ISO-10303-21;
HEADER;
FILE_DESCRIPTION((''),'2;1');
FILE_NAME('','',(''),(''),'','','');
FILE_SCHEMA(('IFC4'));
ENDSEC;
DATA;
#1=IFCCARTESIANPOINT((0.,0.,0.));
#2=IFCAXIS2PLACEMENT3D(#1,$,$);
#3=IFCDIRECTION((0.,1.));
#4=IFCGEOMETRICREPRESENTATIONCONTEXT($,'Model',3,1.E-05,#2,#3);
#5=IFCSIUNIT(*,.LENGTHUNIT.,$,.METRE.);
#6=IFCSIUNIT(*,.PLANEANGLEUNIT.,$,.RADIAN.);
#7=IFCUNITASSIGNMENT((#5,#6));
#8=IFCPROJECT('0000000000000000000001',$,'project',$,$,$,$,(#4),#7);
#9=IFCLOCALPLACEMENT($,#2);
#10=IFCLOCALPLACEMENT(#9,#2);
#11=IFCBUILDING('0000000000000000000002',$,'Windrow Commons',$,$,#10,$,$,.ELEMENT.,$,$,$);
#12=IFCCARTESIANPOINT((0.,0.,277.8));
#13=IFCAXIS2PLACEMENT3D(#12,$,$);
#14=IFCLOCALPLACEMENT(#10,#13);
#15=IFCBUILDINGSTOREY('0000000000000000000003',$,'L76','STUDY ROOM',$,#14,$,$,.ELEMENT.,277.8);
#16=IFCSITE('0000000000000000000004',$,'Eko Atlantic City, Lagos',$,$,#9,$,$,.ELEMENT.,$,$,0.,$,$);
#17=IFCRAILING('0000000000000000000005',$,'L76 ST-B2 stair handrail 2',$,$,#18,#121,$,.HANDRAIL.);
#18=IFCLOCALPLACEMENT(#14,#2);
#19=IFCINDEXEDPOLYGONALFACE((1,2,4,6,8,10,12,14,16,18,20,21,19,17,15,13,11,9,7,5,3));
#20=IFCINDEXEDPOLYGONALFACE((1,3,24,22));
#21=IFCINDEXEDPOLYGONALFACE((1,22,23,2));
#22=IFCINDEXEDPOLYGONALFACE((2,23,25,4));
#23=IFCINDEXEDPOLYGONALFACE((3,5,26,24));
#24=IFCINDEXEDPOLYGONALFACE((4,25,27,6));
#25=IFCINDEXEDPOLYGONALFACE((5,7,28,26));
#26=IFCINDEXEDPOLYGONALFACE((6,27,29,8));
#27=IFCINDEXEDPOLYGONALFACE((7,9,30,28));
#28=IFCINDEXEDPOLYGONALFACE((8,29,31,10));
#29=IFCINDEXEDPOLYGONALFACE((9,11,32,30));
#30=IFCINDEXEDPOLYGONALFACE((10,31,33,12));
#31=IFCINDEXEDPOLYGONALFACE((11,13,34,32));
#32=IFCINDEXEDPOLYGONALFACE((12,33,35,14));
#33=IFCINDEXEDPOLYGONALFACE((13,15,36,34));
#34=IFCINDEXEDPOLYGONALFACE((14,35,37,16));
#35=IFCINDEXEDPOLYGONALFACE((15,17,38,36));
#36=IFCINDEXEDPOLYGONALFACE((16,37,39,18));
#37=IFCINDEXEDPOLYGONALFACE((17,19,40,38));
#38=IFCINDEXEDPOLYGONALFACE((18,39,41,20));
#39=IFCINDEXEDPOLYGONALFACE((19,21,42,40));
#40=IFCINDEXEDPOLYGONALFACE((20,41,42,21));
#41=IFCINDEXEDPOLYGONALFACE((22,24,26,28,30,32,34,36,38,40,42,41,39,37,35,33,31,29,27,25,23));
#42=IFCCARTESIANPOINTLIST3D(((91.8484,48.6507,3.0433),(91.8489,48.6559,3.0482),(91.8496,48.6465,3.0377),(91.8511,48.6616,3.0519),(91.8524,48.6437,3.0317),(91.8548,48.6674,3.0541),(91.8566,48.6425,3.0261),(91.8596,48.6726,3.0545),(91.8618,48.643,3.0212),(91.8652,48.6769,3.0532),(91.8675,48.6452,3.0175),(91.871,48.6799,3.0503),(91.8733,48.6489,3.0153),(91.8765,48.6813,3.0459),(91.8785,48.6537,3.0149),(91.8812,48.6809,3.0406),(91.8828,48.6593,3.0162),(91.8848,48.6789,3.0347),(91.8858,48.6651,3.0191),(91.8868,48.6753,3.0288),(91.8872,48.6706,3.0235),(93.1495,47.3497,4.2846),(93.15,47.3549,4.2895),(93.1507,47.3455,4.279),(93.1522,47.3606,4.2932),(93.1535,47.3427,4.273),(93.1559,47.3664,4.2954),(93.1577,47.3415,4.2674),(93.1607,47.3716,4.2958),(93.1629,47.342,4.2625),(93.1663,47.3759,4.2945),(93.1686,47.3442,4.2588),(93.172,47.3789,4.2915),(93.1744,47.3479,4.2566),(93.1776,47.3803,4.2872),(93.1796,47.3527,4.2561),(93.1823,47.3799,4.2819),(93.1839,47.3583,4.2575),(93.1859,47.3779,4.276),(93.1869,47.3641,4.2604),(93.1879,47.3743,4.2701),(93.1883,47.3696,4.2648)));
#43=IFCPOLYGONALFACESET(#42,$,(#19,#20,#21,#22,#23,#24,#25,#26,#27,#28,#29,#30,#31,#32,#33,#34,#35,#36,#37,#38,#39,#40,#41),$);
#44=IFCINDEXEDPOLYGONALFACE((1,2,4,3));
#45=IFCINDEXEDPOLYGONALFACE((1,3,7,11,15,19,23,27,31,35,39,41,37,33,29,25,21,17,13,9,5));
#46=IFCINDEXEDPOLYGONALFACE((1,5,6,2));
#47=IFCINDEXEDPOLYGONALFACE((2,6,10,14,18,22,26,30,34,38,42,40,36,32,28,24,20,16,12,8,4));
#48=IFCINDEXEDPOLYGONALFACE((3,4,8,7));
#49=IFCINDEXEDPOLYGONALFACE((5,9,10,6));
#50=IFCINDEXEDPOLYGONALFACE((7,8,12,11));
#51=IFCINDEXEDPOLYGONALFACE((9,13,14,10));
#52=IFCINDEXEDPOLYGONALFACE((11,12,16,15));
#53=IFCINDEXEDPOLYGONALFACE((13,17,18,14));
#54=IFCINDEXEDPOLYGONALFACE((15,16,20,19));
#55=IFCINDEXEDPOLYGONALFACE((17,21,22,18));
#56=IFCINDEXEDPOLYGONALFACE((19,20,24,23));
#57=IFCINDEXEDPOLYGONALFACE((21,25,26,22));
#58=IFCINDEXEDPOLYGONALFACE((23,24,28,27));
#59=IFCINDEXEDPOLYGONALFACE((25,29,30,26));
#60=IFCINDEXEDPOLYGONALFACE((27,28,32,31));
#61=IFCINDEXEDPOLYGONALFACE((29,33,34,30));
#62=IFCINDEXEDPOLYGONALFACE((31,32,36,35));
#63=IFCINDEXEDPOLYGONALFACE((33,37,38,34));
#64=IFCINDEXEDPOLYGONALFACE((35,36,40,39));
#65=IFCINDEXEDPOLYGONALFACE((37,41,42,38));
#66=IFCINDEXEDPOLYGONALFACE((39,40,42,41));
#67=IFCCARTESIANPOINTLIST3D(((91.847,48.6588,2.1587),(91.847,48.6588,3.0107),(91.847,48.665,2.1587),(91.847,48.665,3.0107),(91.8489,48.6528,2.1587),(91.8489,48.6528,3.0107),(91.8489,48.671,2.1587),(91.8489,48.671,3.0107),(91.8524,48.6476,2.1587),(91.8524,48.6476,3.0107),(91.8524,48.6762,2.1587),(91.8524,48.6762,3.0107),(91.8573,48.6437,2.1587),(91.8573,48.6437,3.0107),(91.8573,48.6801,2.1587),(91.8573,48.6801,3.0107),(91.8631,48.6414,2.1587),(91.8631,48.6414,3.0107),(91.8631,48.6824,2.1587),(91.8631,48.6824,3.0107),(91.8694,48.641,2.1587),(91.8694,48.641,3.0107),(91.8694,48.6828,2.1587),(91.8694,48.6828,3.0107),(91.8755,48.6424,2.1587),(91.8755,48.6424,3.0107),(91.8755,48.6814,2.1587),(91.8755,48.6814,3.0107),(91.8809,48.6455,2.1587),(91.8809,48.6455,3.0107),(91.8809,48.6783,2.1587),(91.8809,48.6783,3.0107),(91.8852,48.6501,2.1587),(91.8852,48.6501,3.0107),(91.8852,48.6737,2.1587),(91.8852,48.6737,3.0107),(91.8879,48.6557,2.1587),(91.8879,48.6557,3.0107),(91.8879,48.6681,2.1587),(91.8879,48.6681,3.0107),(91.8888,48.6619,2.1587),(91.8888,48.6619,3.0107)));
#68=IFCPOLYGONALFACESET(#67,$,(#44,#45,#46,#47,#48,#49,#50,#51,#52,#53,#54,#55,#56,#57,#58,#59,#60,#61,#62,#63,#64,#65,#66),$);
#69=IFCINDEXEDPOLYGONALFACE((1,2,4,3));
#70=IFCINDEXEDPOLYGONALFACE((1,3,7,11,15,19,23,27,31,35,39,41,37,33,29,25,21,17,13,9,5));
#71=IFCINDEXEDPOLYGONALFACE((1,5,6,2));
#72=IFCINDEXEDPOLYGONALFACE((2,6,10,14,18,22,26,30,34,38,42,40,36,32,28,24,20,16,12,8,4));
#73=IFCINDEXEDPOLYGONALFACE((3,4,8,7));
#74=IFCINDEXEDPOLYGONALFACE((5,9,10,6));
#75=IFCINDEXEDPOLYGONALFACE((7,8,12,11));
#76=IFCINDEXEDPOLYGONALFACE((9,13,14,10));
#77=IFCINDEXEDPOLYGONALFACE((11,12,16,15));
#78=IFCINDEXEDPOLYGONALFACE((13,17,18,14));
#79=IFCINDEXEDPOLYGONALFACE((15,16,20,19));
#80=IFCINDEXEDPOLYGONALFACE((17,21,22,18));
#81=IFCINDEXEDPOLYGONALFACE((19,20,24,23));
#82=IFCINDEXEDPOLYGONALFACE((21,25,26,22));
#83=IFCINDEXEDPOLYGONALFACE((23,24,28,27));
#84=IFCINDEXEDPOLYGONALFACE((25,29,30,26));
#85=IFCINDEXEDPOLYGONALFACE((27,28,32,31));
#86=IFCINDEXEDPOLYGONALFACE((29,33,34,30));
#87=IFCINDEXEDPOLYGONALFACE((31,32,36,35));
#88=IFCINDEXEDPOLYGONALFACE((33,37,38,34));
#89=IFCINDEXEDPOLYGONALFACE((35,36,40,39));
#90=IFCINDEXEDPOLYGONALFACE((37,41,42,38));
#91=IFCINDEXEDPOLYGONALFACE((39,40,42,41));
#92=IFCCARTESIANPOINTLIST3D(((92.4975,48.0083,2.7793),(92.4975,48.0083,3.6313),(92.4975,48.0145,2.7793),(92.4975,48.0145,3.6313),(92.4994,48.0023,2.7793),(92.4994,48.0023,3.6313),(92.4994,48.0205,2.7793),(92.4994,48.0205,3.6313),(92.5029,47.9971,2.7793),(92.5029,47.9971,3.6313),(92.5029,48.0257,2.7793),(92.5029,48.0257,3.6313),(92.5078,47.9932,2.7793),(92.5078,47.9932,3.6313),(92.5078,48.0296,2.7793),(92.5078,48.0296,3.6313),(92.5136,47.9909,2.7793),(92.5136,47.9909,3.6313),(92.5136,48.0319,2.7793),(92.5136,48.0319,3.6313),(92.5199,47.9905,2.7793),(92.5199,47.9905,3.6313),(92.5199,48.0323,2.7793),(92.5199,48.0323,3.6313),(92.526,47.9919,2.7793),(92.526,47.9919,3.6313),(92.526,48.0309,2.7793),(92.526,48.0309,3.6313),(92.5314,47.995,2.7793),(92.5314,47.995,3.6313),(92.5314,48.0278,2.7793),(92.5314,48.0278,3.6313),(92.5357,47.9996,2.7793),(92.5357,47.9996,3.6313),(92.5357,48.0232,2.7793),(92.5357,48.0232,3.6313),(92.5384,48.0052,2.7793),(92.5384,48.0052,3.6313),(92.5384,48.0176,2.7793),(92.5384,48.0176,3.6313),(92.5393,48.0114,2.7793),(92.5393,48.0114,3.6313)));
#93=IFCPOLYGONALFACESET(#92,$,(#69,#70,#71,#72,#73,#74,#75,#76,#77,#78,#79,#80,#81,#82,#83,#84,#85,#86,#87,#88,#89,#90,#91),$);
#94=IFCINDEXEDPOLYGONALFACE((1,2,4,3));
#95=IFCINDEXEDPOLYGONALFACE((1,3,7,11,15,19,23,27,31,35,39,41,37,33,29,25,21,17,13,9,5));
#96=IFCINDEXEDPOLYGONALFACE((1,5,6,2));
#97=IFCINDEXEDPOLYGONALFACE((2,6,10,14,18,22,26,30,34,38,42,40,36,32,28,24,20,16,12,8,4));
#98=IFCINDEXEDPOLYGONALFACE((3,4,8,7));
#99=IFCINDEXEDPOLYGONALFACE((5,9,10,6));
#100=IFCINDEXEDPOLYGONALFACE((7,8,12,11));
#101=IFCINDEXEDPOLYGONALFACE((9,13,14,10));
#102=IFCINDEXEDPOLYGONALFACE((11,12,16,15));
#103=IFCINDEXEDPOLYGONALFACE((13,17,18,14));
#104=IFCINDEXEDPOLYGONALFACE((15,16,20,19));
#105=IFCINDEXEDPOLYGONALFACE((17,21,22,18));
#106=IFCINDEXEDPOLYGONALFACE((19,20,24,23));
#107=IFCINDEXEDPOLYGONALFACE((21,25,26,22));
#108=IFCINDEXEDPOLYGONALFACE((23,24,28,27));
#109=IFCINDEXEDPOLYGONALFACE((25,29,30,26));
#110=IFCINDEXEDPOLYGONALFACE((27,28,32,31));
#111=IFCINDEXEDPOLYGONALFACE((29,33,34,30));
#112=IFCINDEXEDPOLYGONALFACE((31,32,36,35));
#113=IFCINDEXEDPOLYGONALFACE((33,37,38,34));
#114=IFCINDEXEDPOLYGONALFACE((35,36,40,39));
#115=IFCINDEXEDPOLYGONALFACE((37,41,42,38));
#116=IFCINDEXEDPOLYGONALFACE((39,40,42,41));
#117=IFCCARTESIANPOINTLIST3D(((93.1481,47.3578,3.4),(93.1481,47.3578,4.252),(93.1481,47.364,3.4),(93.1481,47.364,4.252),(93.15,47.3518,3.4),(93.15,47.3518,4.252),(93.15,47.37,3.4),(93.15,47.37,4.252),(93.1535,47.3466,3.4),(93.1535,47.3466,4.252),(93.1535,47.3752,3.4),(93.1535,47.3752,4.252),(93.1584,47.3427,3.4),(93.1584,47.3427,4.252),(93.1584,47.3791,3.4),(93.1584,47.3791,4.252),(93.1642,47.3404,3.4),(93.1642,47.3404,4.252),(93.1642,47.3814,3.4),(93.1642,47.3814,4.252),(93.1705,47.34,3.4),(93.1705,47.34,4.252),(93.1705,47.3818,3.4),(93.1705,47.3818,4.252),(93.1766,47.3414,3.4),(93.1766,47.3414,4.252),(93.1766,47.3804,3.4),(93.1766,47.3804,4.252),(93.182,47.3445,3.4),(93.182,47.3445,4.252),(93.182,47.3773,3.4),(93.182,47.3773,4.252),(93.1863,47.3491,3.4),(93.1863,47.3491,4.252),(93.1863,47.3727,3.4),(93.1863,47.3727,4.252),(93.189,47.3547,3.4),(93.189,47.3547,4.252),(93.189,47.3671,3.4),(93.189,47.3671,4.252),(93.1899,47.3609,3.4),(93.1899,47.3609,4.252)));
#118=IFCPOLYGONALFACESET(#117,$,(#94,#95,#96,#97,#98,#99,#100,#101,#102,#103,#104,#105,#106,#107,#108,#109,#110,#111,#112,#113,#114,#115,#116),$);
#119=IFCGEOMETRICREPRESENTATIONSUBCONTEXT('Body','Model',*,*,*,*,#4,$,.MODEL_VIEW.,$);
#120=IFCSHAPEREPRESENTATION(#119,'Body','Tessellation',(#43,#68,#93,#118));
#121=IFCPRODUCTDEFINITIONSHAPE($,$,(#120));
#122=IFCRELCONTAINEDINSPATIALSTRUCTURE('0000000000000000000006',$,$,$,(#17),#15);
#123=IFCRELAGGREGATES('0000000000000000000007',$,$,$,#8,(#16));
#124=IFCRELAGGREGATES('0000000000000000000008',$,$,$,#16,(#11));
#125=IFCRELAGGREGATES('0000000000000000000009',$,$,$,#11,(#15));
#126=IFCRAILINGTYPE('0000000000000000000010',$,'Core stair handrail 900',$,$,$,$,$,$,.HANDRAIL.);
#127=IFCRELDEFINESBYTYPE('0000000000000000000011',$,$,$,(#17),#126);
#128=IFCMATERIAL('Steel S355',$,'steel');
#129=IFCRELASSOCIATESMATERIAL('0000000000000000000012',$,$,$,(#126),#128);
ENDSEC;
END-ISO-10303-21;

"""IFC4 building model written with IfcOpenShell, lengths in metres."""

from ifc_helpers import new_model, si_unit, direction, frame, origin, origin_2d, place, context, subcontext, project, spatial, circle, extrude, material, type_object, element, save


model = new_model("IFC4")

# Units and contexts
model_context = context("Model", 3, precision=1e-05, world=origin(), true_north=direction((0.0, 1.0)))
body_context = subcontext(model_context, "Body", "Model", "MODEL_VIEW")
ifc_project = project(units=[si_unit("LENGTHUNIT", "METRE"), si_unit("PLANEANGLEUNIT", "RADIAN")], contexts=[model_context])

# Site, building, storey
site_placement = place(None, origin())
site = spatial("IfcSite", under=ifc_project, at=site_placement, Name="Eko Atlantic City, Lagos", CompositionType="ELEMENT", RefElevation=0.0)
building_placement = place(site_placement, origin())
building = spatial("IfcBuilding", under=site, at=building_placement, Name="Windrow Commons", CompositionType="ELEMENT")
storey_placement = place(building_placement, frame((0.0, 0.0, 277.8)))
storey = spatial("IfcBuildingStorey", under=building, at=storey_placement, Name="L76", Description="STUDY ROOM", CompositionType="ELEMENT", Elevation=277.8)

# Railing
ifc_material_1 = material(Name="Steel S355", Category="steel")
railing_type_1 = type_object("IfcRailingType", Name="Core stair handrail 900", PredefinedType="HANDRAIL", material=ifc_material_1)
railing_1_placement = place(storey_placement, frame((91.8678, 48.6619, 2.1587)))
element("IfcRailing", 1, at=railing_1_placement, inside=storey, type_object=railing_type_1, Name="L76 ST-B2 stair handrail 2", PredefinedType="HANDRAIL", context=body_context, shape_type="SweptSolid", body=[
    extrude(circle(Radius=0.024, at=origin_2d()), frame((0.0, 0.0, 0.876), z_axis=(0.586207, -0.586162, 0.559264), x_axis=(0.70708, 0.707134, 0.0)), (0.0, 0.0, 1.0), 2.2195),
    extrude(circle(Radius=0.021, at=origin_2d()), origin(), (0.0, 0.0, 1.0), 0.852),
    extrude(circle(Radius=0.021, at=origin_2d()), frame((0.6505, -0.6505, 0.6206)), (0.0, 0.0, 1.0), 0.852),
    extrude(circle(Radius=0.021, at=origin_2d()), frame((1.3011, -1.301, 1.2413)), (0.0, 0.0, 1.0), 0.852),
])

save(model, "model.ifc")
